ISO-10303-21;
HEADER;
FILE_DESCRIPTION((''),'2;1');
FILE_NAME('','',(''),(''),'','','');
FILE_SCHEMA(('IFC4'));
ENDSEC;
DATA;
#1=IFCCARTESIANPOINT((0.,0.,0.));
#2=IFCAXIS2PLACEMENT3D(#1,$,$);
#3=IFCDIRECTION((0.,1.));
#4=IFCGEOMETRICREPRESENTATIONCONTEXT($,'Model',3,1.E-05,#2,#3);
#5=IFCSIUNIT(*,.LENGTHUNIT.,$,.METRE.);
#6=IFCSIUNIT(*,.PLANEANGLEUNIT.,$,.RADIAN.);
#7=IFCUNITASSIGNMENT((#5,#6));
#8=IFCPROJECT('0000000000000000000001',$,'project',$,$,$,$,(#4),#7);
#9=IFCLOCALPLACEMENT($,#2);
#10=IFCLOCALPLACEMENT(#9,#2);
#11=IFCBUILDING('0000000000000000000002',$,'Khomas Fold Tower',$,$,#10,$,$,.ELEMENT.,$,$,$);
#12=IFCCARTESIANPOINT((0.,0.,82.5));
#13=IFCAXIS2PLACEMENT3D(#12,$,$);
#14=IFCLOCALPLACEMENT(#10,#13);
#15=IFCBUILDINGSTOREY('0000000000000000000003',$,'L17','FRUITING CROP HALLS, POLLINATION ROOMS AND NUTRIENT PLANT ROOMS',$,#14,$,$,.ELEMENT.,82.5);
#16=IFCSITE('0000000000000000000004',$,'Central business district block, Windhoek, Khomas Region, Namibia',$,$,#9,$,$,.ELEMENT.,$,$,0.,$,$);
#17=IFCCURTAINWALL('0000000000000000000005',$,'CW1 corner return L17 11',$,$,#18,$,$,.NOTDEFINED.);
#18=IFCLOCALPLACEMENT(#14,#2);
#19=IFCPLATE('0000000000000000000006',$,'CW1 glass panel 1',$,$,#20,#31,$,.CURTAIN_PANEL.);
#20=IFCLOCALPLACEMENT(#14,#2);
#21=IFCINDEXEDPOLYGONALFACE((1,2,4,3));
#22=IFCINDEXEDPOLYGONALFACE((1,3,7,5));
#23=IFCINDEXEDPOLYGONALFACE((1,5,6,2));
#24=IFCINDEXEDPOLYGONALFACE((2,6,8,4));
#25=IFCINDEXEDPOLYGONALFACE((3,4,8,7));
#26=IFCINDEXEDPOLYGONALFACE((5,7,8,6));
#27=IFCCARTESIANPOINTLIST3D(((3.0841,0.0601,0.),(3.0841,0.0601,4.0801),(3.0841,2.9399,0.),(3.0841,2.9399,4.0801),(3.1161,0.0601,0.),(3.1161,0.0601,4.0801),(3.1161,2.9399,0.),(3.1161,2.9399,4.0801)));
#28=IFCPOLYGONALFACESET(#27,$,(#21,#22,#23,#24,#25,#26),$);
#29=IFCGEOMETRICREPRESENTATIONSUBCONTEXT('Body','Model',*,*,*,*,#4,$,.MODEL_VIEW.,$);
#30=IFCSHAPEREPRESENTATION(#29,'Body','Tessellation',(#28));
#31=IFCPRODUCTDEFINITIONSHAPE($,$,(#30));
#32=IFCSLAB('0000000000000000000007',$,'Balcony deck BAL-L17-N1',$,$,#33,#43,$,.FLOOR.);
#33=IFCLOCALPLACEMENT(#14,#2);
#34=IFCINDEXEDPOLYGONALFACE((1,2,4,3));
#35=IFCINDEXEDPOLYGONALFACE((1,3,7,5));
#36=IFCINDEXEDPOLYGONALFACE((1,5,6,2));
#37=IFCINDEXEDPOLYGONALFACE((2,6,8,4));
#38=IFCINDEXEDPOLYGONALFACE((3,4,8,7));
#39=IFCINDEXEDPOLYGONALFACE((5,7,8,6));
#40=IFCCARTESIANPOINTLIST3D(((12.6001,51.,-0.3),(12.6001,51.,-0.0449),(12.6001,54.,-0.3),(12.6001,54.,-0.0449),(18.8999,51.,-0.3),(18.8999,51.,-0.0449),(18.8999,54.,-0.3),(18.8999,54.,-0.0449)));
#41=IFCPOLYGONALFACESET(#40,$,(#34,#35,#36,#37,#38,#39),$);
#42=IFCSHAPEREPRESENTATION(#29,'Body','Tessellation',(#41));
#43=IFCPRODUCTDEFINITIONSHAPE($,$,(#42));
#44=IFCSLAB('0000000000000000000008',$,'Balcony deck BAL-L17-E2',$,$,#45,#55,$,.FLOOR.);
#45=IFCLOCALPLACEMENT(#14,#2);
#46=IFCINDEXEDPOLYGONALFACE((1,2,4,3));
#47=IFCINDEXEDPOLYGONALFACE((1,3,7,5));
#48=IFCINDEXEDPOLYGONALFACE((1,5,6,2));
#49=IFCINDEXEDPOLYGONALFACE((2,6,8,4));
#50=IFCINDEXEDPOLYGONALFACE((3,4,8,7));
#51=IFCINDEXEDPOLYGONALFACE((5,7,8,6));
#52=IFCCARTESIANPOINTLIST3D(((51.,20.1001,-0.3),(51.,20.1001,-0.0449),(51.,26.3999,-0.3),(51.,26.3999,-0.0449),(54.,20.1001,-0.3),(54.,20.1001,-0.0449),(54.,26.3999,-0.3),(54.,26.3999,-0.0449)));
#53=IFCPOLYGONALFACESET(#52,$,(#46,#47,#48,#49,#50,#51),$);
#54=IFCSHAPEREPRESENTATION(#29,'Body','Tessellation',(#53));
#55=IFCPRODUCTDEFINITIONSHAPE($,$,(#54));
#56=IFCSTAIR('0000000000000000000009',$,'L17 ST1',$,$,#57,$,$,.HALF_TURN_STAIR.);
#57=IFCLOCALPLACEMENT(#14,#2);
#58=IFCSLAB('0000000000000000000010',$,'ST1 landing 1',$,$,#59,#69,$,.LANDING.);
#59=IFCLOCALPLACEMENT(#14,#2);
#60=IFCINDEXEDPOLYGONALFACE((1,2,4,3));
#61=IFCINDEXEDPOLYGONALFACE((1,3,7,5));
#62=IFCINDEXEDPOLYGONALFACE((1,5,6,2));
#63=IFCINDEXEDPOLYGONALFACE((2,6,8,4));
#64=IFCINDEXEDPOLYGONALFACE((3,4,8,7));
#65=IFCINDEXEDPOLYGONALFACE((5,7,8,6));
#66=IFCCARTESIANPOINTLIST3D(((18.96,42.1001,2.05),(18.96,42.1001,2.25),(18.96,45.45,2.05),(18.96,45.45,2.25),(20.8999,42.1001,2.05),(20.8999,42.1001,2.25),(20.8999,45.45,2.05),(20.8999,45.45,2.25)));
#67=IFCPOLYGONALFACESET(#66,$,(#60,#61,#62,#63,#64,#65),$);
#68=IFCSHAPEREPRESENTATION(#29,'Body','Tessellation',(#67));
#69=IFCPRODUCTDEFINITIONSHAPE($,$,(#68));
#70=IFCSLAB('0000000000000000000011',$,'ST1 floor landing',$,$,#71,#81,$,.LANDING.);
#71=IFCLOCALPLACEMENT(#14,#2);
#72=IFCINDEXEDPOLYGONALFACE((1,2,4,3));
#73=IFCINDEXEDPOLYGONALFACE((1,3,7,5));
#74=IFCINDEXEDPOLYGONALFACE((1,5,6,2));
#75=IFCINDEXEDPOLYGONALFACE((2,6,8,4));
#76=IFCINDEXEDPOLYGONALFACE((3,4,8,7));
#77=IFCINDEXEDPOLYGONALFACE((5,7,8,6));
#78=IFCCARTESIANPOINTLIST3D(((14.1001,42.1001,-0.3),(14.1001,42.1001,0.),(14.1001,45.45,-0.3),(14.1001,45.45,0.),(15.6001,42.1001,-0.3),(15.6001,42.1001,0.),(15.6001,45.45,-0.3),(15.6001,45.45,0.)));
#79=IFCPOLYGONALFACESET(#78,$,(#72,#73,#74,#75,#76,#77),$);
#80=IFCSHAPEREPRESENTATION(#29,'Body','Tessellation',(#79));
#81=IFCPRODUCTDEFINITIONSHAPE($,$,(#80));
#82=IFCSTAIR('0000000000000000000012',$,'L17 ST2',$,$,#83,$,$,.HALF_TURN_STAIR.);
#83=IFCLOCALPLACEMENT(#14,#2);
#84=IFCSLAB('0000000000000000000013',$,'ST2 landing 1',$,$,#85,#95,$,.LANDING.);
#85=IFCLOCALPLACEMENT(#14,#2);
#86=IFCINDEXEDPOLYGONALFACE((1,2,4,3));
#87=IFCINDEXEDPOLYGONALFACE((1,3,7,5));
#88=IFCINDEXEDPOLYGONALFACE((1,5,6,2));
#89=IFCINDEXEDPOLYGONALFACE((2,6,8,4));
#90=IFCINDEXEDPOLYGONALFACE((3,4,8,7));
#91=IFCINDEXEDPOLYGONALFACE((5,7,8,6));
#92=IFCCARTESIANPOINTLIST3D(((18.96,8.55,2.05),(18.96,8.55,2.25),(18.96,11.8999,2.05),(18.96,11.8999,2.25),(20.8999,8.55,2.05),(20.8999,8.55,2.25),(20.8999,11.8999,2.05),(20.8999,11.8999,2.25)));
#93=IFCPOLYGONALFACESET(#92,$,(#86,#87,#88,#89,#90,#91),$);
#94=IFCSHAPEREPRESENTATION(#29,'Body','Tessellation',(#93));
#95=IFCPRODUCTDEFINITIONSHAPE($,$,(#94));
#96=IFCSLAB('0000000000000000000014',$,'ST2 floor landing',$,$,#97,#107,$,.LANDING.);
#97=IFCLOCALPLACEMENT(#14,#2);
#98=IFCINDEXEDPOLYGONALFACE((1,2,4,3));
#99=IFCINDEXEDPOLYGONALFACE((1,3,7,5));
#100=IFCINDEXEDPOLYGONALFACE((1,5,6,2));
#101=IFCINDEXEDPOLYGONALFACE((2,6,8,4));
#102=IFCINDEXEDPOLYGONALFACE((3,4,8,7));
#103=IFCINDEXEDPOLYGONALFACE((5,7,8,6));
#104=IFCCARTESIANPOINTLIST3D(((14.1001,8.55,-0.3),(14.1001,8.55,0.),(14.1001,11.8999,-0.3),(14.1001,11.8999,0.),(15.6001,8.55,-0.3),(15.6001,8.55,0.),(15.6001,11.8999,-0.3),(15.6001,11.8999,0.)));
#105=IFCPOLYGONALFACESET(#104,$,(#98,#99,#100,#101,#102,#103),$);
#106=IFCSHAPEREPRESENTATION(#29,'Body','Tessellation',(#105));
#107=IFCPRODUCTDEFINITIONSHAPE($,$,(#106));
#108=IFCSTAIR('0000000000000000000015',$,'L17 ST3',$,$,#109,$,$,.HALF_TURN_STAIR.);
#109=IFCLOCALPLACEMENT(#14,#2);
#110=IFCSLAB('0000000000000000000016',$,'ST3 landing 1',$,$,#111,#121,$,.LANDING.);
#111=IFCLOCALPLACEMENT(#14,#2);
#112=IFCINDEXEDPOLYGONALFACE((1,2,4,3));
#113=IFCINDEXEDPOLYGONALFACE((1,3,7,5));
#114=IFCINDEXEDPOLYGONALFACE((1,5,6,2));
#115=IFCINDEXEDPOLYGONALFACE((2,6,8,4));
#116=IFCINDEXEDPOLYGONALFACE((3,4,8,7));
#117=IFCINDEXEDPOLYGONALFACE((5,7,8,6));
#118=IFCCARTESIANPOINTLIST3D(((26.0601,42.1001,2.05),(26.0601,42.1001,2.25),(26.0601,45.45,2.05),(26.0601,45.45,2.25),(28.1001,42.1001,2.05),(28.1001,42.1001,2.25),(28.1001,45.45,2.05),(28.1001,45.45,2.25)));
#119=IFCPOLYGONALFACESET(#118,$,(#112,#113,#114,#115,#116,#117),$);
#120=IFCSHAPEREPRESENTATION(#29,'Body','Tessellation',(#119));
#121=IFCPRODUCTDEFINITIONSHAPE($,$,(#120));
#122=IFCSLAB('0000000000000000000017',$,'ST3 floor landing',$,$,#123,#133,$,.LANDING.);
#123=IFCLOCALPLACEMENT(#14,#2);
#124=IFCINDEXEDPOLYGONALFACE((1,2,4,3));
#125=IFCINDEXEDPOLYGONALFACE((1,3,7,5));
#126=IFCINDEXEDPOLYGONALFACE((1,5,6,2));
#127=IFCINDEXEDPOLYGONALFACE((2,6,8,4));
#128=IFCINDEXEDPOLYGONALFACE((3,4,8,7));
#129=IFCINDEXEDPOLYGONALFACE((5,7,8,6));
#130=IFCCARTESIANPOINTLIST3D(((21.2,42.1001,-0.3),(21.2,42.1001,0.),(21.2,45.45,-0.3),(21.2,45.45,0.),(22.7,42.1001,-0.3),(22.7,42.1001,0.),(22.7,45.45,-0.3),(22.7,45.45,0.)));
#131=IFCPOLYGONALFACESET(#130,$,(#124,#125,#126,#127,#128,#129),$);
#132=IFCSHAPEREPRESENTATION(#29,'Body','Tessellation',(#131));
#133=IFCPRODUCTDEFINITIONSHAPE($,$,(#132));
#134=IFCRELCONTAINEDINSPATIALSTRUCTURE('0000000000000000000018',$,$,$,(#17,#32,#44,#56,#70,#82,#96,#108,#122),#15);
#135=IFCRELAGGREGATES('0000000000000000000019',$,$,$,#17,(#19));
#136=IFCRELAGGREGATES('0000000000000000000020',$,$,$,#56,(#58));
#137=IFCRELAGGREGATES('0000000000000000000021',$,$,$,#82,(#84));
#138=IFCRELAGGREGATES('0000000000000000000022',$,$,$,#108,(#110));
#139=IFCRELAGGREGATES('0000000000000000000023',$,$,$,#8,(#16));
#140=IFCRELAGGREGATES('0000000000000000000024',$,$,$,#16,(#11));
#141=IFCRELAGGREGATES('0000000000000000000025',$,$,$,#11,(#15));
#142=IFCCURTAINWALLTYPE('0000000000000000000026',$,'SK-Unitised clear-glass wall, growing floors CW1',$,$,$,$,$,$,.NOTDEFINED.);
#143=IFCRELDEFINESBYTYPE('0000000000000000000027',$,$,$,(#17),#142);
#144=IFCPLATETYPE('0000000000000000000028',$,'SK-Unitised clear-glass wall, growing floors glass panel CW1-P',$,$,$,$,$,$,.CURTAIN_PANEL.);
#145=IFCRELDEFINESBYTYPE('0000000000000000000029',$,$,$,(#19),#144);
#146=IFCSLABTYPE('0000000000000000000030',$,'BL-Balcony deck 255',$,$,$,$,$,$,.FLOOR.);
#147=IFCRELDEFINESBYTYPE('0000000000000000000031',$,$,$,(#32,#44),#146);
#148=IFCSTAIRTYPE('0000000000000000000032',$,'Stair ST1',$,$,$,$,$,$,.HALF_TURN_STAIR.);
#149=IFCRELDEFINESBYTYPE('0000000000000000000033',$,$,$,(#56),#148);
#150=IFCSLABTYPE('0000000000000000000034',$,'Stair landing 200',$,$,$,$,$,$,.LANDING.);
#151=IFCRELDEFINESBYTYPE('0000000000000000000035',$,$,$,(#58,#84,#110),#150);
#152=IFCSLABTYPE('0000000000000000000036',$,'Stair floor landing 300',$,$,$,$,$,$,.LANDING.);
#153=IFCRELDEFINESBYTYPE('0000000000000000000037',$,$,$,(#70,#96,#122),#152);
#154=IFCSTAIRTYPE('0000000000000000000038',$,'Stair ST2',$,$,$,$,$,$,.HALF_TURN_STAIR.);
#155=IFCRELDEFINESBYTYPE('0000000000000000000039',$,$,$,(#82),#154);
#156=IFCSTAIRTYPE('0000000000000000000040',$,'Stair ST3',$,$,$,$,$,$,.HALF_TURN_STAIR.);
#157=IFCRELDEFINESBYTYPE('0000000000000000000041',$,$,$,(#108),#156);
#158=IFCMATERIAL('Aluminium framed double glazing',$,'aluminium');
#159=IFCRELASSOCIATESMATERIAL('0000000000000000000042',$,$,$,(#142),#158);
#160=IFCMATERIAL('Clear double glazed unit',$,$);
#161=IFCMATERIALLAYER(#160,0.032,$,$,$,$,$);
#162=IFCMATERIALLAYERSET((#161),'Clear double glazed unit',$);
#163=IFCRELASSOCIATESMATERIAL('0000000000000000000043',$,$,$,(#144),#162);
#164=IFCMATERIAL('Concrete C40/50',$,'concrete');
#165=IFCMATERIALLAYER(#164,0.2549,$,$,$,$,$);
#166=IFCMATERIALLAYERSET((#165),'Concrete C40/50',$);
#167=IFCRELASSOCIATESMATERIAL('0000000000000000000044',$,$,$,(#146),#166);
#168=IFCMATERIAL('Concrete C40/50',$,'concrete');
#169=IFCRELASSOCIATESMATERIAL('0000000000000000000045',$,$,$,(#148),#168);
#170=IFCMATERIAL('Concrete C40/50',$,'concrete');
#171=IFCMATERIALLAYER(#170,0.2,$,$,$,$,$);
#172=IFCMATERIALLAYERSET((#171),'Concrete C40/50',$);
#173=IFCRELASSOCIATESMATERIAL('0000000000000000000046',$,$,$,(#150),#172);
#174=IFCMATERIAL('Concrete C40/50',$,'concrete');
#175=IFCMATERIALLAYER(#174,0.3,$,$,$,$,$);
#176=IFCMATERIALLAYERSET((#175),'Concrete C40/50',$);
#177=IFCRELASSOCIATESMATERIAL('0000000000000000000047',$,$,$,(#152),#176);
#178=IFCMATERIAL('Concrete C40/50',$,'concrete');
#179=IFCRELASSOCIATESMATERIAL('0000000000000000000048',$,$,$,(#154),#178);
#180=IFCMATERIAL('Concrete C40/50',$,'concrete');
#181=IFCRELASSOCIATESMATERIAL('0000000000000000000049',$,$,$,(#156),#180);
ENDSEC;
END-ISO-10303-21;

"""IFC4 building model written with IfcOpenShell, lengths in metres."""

from ifc_helpers import new_model, si_unit, direction, frame, origin, origin_2d, place, context, subcontext, project, spatial, polyline, rectangle, outline, extrude, source, transform, mapped, material, layer, layer_set, type_object, element, aggregate, save


model = new_model("IFC4")

# Units and contexts
model_context = context("Model", 3, precision=1e-05, world=origin(), true_north=direction((0.0, 1.0)))
body_context = subcontext(model_context, "Body", "Model", "MODEL_VIEW")
ifc_project = project(units=[si_unit("LENGTHUNIT", "METRE"), si_unit("PLANEANGLEUNIT", "RADIAN")], contexts=[model_context])

# Site, building, storey
site_placement = place(None, origin())
site = spatial("IfcSite", under=ifc_project, at=site_placement, Name="Central business district block, Windhoek, Khomas Region, Namibia", CompositionType="ELEMENT", RefElevation=0.0)
building_placement = place(site_placement, origin())
building = spatial("IfcBuilding", under=site, at=building_placement, Name="Khomas Fold Tower", CompositionType="ELEMENT")
storey_placement = place(building_placement, frame((0.0, 0.0, 82.5)))
storey = spatial("IfcBuildingStorey", under=building, at=storey_placement, Name="L17", Description="FRUITING CROP HALLS, POLLINATION ROOMS AND NUTRIENT PLANT ROOMS", CompositionType="ELEMENT", Elevation=82.5)

# Shared definitions
ifc_material_1 = material(Name="Aluminium framed double glazing", Category="aluminium")
curtain_wall_type = type_object("IfcCurtainWallType", Name="SK-Unitised clear-glass wall, growing floors CW1", PredefinedType="NOTDEFINED", material=ifc_material_1)

# Curtain wall
curtain_wall_1_placement = place(storey_placement, origin())
curtain_wall_1 = element("IfcCurtainWall", 1, at=curtain_wall_1_placement, inside=storey, type_object=curtain_wall_type, Name="CW1 corner return L17 11", PredefinedType="NOTDEFINED")

# Plate
ifc_material_2 = material(Name="Clear double glazed unit")
ifc_layer_1 = layer(ifc_material_2, 0.032)
ifc_layer_set_1 = layer_set([ifc_layer_1], Name="Clear double glazed unit")
plate_type = type_object("IfcPlateType", Name="SK-Unitised clear-glass wall, growing floors glass panel CW1-P", PredefinedType="CURTAIN_PANEL", material=ifc_layer_set_1)
shared_shape_1 = source(origin(), body_context, "Body", "SweptSolid", [
    extrude(rectangle(XDim=2.8799, YDim=0.032, at=origin_2d()), origin(), (0.0, 0.0, 1.0), 4.0801),
])
plate_1_placement = place(storey_placement, frame((3.1001, 1.5, 0.0), z_axis=(0.0, 0.0, 1.0), x_axis=(0.0, -1.0, 0.0)))
plate_1 = element("IfcPlate", 2, at=plate_1_placement, type_object=plate_type, Name="CW1 glass panel 1", PredefinedType="CURTAIN_PANEL", context=body_context, shape_type="MappedRepresentation", body=[
    mapped(shared_shape_1, transform((0.0, 0.0, 0.0))),
])
aggregate(curtain_wall_1, [plate_1])

# Slabs
ifc_material_3 = material(Name="Concrete C40/50", Category="concrete")
ifc_layer_2 = layer(ifc_material_3, 0.2549)
ifc_layer_set_2 = layer_set([ifc_layer_2], Name="Concrete C40/50")
slab_type_1 = type_object("IfcSlabType", Name="BL-Balcony deck 255", PredefinedType="FLOOR", material=ifc_layer_set_2)
shared_shape_2 = source(origin(), body_context, "Body", "SweptSolid", [
    extrude(outline(polyline([(12.6001, 51.0), (18.8999, 51.0), (18.8999, 54.0), (12.6001, 54.0), (12.6001, 51.0)])), origin(), (0.0, 0.0, 1.0), 0.2551),
])
slab_1_placement = place(storey_placement, frame((0.0, 0.0, -0.3)))
element("IfcSlab", 3, at=slab_1_placement, inside=storey, type_object=slab_type_1, Name="Balcony deck BAL-L17-N1", PredefinedType="FLOOR", context=body_context, shape_type="MappedRepresentation", body=[
    mapped(shared_shape_2, transform((0.0, 0.0, 0.0))),
])
shared_shape_3 = source(origin(), body_context, "Body", "SweptSolid", [
    extrude(outline(polyline([(51.0, 20.1001), (54.0, 20.1001), (54.0, 26.3999), (51.0, 26.3999), (51.0, 20.1001)])), origin(), (0.0, 0.0, 1.0), 0.2551),
])
slab_2_placement = place(storey_placement, frame((0.0, 0.0, -0.3)))
element("IfcSlab", 4, at=slab_2_placement, inside=storey, type_object=slab_type_1, Name="Balcony deck BAL-L17-E2", PredefinedType="FLOOR", context=body_context, shape_type="MappedRepresentation", body=[
    mapped(shared_shape_3, transform((0.0, 0.0, 0.0))),
])

# Stair, slab
ifc_material_4 = material(Name="Concrete C40/50", Category="concrete")
stair_type_1 = type_object("IfcStairType", Name="Stair ST1", PredefinedType="HALF_TURN_STAIR", material=ifc_material_4)
stair_1_placement = place(storey_placement, origin())
stair_1 = element("IfcStair", 5, at=stair_1_placement, inside=storey, type_object=stair_type_1, Name="L17 ST1", PredefinedType="HALF_TURN_STAIR")
ifc_material_5 = material(Name="Concrete C40/50", Category="concrete")
ifc_layer_3 = layer(ifc_material_5, 0.2)
ifc_layer_set_3 = layer_set([ifc_layer_3], Name="Concrete C40/50")
slab_type_2 = type_object("IfcSlabType", Name="Stair landing 200", PredefinedType="LANDING", material=ifc_layer_set_3)
shared_shape_4 = source(origin(), body_context, "Body", "SweptSolid", [
    extrude(outline(polyline([(18.96, 42.1001), (20.8999, 42.1001), (20.8999, 45.45), (18.96, 45.45), (18.96, 42.1001)])), origin(), (0.0, 0.0, 1.0), 0.2),
])
slab_3_placement = place(storey_placement, frame((0.0, 0.0, 2.05)))
slab_3 = element("IfcSlab", 6, at=slab_3_placement, type_object=slab_type_2, Name="ST1 landing 1", PredefinedType="LANDING", context=body_context, shape_type="MappedRepresentation", body=[
    mapped(shared_shape_4, transform((0.0, 0.0, 0.0))),
])
aggregate(stair_1, [slab_3])

# Slab
ifc_material_6 = material(Name="Concrete C40/50", Category="concrete")
ifc_layer_4 = layer(ifc_material_6, 0.3)
ifc_layer_set_4 = layer_set([ifc_layer_4], Name="Concrete C40/50")
slab_type_3 = type_object("IfcSlabType", Name="Stair floor landing 300", PredefinedType="LANDING", material=ifc_layer_set_4)
shared_shape_5 = source(origin(), body_context, "Body", "SweptSolid", [
    extrude(outline(polyline([(15.6001, 42.1001), (14.1001, 42.1001), (14.1001, 45.45), (15.6001, 45.45), (15.6001, 42.1001)])), origin(), (0.0, 0.0, 1.0), 0.3),
])
slab_4_placement = place(storey_placement, frame((0.0, 0.0, -0.3)))
element("IfcSlab", 7, at=slab_4_placement, inside=storey, type_object=slab_type_3, Name="ST1 floor landing", PredefinedType="LANDING", context=body_context, shape_type="MappedRepresentation", body=[
    mapped(shared_shape_5, transform((0.0, 0.0, 0.0))),
])

# Stair, slab
ifc_material_7 = material(Name="Concrete C40/50", Category="concrete")
stair_type_2 = type_object("IfcStairType", Name="Stair ST2", PredefinedType="HALF_TURN_STAIR", material=ifc_material_7)
stair_2_placement = place(storey_placement, origin())
stair_2 = element("IfcStair", 8, at=stair_2_placement, inside=storey, type_object=stair_type_2, Name="L17 ST2", PredefinedType="HALF_TURN_STAIR")
shared_shape_6 = source(origin(), body_context, "Body", "SweptSolid", [
    extrude(outline(polyline([(18.96, 8.55), (20.8999, 8.55), (20.8999, 11.8999), (18.96, 11.8999), (18.96, 8.55)])), origin(), (0.0, 0.0, 1.0), 0.2),
])
slab_5_placement = place(storey_placement, frame((0.0, 0.0, 2.05)))
slab_5 = element("IfcSlab", 9, at=slab_5_placement, type_object=slab_type_2, Name="ST2 landing 1", PredefinedType="LANDING", context=body_context, shape_type="MappedRepresentation", body=[
    mapped(shared_shape_6, transform((0.0, 0.0, 0.0))),
])
aggregate(stair_2, [slab_5])

# Slab
shared_shape_7 = source(origin(), body_context, "Body", "SweptSolid", [
    extrude(outline(polyline([(15.6001, 8.55), (14.1001, 8.55), (14.1001, 11.8999), (15.6001, 11.8999), (15.6001, 8.55)])), origin(), (0.0, 0.0, 1.0), 0.3),
])
slab_6_placement = place(storey_placement, frame((0.0, 0.0, -0.3)))
element("IfcSlab", 10, at=slab_6_placement, inside=storey, type_object=slab_type_3, Name="ST2 floor landing", PredefinedType="LANDING", context=body_context, shape_type="MappedRepresentation", body=[
    mapped(shared_shape_7, transform((0.0, 0.0, 0.0))),
])

# Stair, slab
ifc_material_8 = material(Name="Concrete C40/50", Category="concrete")
stair_type_3 = type_object("IfcStairType", Name="Stair ST3", PredefinedType="HALF_TURN_STAIR", material=ifc_material_8)
stair_3_placement = place(storey_placement, origin())
stair_3 = element("IfcStair", 11, at=stair_3_placement, inside=storey, type_object=stair_type_3, Name="L17 ST3", PredefinedType="HALF_TURN_STAIR")
shared_shape_8 = source(origin(), body_context, "Body", "SweptSolid", [
    extrude(outline(polyline([(26.0601, 42.1001), (28.1001, 42.1001), (28.1001, 45.45), (26.0601, 45.45), (26.0601, 42.1001)])), origin(), (0.0, 0.0, 1.0), 0.2),
])
slab_7_placement = place(storey_placement, frame((0.0, 0.0, 2.05)))
slab_7 = element("IfcSlab", 12, at=slab_7_placement, type_object=slab_type_2, Name="ST3 landing 1", PredefinedType="LANDING", context=body_context, shape_type="MappedRepresentation", body=[
    mapped(shared_shape_8, transform((0.0, 0.0, 0.0))),
])
aggregate(stair_3, [slab_7])

# Slab
shared_shape_9 = source(origin(), body_context, "Body", "SweptSolid", [
    extrude(outline(polyline([(22.7, 42.1001), (21.2, 42.1001), (21.2, 45.45), (22.7, 45.45), (22.7, 42.1001)])), origin(), (0.0, 0.0, 1.0), 0.3),
])
slab_8_placement = place(storey_placement, frame((0.0, 0.0, -0.3)))
element("IfcSlab", 13, at=slab_8_placement, inside=storey, type_object=slab_type_3, Name="ST3 floor landing", PredefinedType="LANDING", context=body_context, shape_type="MappedRepresentation", body=[
    mapped(shared_shape_9, transform((0.0, 0.0, 0.0))),
])

save(model, "model.ifc")
